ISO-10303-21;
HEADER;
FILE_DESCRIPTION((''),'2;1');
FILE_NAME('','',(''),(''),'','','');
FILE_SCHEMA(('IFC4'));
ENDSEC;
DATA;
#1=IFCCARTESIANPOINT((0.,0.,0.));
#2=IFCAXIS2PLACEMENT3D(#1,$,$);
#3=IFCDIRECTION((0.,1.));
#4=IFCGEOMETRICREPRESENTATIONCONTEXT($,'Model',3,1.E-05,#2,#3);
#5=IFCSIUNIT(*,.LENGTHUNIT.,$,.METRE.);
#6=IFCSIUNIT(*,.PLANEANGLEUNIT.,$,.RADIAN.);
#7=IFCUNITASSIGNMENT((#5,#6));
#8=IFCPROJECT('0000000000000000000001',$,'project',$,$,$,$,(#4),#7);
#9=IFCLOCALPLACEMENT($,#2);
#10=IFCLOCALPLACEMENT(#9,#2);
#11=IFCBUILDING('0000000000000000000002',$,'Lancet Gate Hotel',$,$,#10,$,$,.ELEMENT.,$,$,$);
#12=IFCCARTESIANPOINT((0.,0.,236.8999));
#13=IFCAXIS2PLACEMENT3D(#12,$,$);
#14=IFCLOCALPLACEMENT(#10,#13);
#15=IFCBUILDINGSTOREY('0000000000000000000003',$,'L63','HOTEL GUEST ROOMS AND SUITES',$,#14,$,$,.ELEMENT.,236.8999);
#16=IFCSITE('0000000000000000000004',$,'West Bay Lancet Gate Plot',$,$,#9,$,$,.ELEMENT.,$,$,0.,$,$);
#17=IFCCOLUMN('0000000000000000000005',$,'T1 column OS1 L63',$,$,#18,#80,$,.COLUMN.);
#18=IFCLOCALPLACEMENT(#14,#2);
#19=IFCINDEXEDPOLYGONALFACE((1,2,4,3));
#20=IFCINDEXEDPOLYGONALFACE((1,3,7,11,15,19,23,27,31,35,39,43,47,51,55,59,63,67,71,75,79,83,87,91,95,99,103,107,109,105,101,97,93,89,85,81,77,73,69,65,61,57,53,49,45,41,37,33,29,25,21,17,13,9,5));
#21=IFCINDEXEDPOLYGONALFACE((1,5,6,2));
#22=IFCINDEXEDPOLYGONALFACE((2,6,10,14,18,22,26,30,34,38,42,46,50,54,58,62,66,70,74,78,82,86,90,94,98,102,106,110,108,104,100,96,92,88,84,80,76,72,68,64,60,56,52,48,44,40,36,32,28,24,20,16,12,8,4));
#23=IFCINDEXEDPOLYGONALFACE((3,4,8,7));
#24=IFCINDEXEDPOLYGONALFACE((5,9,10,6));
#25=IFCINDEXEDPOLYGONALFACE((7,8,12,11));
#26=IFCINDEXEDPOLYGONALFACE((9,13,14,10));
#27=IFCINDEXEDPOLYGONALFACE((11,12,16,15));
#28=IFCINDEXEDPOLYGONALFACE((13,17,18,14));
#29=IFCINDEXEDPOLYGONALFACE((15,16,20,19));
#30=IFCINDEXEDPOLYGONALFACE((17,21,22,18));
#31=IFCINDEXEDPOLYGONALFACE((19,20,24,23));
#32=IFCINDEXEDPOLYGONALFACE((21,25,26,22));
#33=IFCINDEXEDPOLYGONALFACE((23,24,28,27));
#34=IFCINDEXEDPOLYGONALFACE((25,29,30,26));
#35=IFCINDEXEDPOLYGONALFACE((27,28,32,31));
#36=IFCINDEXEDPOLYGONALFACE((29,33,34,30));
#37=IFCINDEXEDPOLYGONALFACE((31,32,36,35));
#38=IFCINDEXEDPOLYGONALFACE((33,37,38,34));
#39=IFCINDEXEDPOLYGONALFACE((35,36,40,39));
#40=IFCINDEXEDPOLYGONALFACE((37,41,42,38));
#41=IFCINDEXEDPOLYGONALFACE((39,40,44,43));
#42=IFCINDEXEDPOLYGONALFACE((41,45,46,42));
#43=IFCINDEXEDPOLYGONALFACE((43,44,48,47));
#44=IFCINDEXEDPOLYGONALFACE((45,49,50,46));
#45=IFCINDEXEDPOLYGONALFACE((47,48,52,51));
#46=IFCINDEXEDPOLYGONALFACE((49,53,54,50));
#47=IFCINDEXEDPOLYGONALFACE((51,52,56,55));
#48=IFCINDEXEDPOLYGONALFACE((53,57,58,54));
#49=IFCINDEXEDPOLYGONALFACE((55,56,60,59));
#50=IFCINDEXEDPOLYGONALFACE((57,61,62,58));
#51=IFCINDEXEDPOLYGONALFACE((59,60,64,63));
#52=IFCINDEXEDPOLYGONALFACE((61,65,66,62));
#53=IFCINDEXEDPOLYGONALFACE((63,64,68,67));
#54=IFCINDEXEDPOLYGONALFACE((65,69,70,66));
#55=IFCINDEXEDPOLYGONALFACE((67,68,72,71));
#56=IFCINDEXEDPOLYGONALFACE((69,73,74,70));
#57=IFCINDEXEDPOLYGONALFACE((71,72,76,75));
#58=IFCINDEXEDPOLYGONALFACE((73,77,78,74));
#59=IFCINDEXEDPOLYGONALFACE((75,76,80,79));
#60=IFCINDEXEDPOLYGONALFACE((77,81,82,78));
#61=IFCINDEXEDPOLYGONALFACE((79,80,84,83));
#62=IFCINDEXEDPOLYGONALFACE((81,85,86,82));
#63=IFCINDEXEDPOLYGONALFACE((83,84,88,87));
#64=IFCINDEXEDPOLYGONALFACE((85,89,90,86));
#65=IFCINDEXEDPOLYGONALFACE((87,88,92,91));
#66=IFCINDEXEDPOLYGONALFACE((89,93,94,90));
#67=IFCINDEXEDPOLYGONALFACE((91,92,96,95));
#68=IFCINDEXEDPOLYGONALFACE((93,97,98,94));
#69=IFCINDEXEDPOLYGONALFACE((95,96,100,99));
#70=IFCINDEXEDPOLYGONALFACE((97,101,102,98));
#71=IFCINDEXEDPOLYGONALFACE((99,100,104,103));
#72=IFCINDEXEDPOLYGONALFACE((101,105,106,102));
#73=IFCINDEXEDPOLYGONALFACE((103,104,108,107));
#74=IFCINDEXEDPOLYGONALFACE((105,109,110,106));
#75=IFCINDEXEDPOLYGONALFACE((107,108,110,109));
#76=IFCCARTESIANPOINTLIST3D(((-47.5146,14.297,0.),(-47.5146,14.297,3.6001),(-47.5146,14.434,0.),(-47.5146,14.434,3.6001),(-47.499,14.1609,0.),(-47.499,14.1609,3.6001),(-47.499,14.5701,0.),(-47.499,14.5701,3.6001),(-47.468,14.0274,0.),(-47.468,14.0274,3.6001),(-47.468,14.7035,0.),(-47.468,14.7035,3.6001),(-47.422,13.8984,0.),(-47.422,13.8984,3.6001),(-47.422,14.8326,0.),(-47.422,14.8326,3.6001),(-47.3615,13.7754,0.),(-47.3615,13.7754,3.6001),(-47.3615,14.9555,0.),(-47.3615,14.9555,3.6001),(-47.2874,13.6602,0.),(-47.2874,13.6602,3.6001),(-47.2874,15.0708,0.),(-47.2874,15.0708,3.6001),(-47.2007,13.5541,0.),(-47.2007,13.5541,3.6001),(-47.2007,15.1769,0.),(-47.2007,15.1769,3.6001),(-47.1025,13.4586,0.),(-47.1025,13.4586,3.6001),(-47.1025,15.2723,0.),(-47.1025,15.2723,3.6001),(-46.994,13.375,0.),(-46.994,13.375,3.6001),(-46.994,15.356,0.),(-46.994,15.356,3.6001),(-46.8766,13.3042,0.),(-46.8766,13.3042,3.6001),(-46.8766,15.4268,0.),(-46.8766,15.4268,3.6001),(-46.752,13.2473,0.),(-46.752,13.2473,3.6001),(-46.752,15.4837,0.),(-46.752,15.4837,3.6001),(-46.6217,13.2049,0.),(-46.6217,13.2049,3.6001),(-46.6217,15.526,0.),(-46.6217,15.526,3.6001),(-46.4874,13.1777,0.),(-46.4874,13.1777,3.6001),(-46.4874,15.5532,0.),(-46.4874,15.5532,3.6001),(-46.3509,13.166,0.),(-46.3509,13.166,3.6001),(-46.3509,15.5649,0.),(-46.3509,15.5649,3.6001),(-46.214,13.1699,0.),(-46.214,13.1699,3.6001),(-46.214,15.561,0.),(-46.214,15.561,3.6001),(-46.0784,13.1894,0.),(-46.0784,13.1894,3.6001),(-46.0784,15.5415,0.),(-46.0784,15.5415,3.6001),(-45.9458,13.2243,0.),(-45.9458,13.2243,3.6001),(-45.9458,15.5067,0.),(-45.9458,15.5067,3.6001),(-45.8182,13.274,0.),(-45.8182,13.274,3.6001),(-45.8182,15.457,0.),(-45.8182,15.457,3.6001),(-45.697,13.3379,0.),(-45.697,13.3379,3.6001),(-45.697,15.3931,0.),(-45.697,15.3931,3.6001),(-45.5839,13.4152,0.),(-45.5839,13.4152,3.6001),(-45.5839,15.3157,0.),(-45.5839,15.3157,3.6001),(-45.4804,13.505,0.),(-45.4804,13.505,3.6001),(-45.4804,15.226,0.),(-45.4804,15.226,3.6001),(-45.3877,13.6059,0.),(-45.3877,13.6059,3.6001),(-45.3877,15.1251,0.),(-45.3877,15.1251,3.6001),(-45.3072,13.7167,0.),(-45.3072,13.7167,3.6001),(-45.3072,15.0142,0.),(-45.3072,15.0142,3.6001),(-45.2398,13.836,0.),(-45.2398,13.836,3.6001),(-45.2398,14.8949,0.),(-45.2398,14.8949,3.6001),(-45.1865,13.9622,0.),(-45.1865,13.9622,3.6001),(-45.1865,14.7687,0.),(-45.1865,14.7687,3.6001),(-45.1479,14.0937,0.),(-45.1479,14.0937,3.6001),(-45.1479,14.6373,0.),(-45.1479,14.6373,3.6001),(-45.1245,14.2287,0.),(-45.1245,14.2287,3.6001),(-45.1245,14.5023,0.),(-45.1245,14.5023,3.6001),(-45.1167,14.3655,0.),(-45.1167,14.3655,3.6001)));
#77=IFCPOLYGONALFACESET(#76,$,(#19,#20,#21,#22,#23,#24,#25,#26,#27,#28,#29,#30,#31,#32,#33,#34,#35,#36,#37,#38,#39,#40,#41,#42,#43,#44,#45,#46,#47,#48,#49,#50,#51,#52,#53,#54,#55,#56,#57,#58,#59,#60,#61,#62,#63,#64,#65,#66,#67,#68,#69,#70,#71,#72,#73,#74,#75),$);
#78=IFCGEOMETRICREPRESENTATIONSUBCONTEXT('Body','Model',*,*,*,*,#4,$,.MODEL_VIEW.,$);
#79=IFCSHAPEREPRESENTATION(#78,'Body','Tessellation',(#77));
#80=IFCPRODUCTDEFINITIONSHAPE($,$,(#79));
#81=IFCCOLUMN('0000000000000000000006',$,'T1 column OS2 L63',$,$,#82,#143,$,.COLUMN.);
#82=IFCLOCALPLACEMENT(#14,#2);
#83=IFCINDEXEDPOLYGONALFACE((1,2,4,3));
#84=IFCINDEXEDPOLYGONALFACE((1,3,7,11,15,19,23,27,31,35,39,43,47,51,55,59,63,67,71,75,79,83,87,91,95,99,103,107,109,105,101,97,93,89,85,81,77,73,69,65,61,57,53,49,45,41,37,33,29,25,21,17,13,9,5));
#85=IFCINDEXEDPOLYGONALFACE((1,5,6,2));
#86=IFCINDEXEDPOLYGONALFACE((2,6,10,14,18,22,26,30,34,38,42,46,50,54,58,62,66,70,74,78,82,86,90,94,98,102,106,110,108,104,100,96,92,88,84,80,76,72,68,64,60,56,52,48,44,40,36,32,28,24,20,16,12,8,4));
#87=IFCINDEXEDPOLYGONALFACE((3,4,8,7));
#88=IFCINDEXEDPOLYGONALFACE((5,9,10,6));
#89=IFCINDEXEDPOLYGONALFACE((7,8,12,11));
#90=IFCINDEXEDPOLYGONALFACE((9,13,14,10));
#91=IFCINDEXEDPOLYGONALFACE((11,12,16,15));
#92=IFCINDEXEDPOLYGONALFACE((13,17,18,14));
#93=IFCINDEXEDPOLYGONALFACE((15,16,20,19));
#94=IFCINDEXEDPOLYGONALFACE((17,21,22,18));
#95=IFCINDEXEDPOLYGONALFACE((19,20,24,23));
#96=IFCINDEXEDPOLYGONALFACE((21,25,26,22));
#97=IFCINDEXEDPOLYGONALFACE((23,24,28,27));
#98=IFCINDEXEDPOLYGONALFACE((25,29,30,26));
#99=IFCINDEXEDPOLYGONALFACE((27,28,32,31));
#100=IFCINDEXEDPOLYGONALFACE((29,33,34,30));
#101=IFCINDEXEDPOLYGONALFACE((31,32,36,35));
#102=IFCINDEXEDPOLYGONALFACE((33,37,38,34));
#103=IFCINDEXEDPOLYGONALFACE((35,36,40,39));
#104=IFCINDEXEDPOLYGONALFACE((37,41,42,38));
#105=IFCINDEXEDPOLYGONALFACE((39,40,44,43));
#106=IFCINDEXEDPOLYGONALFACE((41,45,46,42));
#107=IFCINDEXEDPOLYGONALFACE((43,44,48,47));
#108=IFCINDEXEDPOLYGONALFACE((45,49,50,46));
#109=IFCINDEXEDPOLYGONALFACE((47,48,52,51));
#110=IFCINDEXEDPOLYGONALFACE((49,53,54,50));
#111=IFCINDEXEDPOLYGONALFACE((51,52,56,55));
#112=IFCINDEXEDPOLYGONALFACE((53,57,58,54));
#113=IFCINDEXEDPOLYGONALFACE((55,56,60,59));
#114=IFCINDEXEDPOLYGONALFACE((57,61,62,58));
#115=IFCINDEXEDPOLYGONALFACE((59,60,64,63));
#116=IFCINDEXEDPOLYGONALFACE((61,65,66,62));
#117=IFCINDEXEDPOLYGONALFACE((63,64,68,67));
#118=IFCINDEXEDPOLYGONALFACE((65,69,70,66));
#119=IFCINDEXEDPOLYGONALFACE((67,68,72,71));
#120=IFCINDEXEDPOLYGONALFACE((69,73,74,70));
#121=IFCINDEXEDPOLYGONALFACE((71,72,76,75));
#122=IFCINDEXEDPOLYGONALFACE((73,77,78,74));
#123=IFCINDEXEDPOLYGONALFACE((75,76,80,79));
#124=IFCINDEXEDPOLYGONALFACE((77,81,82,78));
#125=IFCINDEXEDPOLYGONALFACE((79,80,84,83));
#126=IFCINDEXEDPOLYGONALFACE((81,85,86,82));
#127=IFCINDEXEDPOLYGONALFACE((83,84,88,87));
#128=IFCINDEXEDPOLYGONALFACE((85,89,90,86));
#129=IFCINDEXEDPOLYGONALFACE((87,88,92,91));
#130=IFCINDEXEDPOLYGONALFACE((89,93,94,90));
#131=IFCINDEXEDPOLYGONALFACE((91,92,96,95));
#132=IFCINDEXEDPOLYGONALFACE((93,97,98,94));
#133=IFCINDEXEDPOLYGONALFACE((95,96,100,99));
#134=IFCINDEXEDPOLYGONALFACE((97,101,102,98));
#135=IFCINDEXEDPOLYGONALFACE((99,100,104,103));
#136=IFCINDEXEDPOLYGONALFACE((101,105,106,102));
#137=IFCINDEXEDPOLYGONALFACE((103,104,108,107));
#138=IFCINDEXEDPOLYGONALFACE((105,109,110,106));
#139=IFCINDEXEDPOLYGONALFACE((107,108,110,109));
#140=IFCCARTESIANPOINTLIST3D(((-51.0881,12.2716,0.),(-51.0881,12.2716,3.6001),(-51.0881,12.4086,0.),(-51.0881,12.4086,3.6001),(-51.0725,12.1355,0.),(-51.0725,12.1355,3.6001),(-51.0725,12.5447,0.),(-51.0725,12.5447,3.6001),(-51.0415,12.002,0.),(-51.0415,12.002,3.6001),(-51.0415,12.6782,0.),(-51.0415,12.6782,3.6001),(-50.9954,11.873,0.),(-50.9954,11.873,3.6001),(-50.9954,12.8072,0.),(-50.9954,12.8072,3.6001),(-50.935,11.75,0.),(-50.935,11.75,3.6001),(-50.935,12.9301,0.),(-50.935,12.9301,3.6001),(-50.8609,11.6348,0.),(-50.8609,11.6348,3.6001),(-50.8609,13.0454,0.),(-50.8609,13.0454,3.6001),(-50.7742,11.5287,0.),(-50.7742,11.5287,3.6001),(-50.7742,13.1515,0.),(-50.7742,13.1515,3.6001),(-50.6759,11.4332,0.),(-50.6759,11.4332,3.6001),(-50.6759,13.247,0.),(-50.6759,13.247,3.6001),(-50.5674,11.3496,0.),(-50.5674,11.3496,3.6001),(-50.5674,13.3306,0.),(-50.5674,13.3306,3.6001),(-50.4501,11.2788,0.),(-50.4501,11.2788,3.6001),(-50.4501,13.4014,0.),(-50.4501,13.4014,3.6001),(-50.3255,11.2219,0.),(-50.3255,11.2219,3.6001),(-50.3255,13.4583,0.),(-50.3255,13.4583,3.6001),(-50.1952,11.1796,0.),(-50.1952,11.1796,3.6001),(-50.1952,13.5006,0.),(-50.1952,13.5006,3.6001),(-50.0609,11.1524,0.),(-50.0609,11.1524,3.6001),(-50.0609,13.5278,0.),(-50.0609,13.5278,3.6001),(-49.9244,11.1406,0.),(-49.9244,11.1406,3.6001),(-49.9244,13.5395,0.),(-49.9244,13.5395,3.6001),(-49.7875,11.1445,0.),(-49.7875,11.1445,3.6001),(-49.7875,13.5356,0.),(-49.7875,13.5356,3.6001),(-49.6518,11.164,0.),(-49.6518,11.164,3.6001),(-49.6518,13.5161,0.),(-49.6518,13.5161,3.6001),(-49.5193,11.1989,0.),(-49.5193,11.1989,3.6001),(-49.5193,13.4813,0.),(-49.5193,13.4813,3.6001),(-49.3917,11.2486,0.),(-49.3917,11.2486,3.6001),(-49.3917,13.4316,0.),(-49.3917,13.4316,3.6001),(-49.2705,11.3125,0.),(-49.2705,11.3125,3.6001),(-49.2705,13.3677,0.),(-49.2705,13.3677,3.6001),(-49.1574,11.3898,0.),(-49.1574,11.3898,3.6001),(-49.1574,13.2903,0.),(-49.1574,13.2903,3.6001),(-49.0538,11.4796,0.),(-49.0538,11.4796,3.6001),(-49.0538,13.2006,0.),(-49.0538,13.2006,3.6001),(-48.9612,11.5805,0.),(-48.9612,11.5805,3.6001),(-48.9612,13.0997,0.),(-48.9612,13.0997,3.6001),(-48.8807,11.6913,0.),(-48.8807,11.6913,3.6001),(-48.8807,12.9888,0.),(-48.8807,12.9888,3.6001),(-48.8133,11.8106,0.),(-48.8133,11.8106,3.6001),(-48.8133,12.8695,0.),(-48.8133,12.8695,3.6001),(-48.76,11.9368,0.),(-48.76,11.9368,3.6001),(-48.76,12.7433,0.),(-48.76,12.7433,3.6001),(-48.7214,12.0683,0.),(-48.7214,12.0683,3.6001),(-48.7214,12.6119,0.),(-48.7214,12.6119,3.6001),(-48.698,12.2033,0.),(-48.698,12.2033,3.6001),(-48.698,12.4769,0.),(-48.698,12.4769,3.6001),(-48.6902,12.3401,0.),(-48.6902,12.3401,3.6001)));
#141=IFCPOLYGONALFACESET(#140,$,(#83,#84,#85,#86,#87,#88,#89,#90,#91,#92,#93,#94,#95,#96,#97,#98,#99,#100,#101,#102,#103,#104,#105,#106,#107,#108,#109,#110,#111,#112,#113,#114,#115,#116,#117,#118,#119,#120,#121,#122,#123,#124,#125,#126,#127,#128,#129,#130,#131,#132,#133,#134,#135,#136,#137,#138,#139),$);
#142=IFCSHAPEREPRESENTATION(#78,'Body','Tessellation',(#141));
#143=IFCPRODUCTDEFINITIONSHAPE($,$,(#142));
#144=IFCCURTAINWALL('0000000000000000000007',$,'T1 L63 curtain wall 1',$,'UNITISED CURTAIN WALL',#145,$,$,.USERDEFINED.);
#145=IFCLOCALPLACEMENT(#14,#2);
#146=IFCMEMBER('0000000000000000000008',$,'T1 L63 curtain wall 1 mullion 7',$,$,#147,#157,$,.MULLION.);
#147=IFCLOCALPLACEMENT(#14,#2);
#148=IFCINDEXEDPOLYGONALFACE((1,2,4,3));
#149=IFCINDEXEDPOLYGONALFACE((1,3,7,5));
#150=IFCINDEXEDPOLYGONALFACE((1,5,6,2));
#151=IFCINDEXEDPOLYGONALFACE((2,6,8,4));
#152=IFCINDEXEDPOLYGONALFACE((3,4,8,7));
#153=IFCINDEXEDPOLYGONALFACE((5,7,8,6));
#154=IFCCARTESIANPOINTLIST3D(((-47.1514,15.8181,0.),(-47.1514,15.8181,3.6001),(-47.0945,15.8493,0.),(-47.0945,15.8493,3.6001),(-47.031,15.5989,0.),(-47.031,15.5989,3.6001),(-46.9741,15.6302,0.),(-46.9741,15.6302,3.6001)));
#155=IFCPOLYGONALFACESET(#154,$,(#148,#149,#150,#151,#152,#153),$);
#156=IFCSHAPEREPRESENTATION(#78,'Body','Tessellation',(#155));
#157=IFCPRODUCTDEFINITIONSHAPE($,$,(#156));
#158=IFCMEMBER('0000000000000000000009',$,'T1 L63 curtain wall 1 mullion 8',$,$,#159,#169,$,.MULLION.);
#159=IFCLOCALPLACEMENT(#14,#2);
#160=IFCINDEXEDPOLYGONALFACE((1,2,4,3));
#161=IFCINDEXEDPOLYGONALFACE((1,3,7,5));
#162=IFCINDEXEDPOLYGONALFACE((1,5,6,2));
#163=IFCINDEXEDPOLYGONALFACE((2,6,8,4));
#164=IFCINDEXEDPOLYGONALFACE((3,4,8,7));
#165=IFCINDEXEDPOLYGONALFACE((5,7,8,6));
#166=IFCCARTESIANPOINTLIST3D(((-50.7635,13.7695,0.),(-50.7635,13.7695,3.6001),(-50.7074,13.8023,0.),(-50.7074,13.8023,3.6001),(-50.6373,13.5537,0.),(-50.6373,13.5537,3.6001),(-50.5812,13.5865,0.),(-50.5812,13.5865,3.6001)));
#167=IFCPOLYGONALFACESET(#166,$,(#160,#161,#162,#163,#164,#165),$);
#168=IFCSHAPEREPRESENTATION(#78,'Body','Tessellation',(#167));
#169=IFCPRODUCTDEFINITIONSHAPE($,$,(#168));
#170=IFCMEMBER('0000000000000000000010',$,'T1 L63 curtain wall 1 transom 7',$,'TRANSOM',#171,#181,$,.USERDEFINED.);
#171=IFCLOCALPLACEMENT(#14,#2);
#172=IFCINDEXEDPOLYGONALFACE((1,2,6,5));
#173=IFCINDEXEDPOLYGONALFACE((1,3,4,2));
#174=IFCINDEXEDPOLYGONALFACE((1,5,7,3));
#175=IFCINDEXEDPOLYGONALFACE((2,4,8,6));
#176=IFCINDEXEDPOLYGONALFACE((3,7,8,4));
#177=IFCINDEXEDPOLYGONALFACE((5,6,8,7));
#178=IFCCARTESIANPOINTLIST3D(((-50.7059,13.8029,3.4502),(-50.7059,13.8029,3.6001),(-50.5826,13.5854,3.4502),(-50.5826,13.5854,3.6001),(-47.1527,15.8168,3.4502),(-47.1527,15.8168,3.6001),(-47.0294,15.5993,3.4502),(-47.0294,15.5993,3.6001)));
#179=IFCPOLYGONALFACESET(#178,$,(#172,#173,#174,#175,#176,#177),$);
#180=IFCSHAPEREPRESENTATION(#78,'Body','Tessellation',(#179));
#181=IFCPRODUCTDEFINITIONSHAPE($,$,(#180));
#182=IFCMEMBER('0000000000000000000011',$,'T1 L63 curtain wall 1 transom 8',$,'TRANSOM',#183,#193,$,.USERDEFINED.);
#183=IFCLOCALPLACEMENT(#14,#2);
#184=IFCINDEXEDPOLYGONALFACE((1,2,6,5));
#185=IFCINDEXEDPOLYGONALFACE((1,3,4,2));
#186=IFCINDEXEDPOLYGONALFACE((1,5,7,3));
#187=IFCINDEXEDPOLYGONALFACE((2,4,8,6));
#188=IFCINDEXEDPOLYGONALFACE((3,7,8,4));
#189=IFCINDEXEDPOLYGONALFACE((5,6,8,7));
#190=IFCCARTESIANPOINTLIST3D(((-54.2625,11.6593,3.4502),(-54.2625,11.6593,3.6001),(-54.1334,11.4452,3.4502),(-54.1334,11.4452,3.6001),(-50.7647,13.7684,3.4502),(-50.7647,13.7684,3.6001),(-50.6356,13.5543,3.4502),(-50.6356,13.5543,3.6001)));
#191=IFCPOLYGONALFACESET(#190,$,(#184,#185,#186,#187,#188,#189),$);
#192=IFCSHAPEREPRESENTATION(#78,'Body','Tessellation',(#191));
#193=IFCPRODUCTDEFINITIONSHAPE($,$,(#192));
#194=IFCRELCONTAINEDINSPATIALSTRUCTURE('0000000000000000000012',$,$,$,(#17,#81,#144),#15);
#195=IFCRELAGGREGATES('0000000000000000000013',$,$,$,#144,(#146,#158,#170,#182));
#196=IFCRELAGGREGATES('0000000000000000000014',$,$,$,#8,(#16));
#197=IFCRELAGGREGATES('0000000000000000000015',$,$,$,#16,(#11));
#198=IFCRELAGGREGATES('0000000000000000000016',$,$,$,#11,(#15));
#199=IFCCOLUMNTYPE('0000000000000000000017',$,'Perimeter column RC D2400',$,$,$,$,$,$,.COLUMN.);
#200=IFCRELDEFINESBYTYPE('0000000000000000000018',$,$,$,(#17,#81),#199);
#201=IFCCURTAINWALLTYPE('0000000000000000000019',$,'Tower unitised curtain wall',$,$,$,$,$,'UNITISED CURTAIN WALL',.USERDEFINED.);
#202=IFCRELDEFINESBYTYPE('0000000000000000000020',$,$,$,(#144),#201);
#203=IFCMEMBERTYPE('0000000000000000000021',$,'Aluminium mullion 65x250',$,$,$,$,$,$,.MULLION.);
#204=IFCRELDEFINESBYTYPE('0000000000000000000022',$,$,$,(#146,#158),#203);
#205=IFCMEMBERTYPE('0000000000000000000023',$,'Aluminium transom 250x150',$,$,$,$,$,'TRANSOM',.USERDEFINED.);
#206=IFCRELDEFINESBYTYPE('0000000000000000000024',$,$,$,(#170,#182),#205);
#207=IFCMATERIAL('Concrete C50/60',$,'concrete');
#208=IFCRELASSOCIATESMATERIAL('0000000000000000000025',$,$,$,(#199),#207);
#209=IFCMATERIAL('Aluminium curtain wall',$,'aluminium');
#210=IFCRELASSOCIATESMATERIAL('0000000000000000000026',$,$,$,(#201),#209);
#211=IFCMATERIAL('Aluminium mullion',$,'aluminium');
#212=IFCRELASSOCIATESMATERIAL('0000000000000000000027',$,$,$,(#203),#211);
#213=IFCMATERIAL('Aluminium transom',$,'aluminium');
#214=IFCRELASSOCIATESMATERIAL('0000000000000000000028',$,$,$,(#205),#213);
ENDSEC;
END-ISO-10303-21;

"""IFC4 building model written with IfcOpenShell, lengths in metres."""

from ifc_helpers import new_model, si_unit, direction, frame, origin, origin_2d, place, context, subcontext, project, spatial, rectangle, circle, extrude, material, material_profile, profile_set, type_object, element, aggregate, save


model = new_model("IFC4")

# Units and contexts
model_context = context("Model", 3, precision=1e-05, world=origin(), true_north=direction((0.0, 1.0)))
body_context = subcontext(model_context, "Body", "Model", "MODEL_VIEW")
ifc_project = project(units=[si_unit("LENGTHUNIT", "METRE"), si_unit("PLANEANGLEUNIT", "RADIAN")], contexts=[model_context])

# Site, building, storey
site_placement = place(None, origin())
site = spatial("IfcSite", under=ifc_project, at=site_placement, Name="West Bay Lancet Gate Plot", CompositionType="ELEMENT", RefElevation=0.0)
building_placement = place(site_placement, origin())
building = spatial("IfcBuilding", under=site, at=building_placement, Name="Lancet Gate Hotel", CompositionType="ELEMENT")
storey_placement = place(building_placement, frame((0.0, 0.0, 236.8999)))
storey = spatial("IfcBuildingStorey", under=building, at=storey_placement, Name="L63", Description="HOTEL GUEST ROOMS AND SUITES", CompositionType="ELEMENT", Elevation=236.8999)

# Columns
ifc_material_1 = material(Name="Concrete C50/60", Category="concrete")
ifc_material_profile_1 = material_profile(ifc_material_1, circle(Radius=1.2, at=origin_2d()), Name="RC D2400")
ifc_profile_set_1 = profile_set([ifc_material_profile_1], Name="Concrete C50/60")
column_type = type_object("IfcColumnType", Name="Perimeter column RC D2400", PredefinedType="COLUMN", material=ifc_profile_set_1)
for number, where, z_axis, x_axis, name in (
    (1, (-46.3167, 14.3655, 0.0), (0.0, 0.0, 1.0), (1.0, 0.0, 0.0), "T1 column OS1 L63"),
    (2, (-49.8901, 12.3401, 0.0), (0.0, 0.0, 1.0), (1.0, 0.0, 0.0), "T1 column OS2 L63"),
):
    element("IfcColumn", number, at=place(storey_placement, frame(where, z_axis=z_axis, x_axis=x_axis)), inside=storey, type_object=column_type, Name=name, PredefinedType="COLUMN", context=body_context, shape_type="SweptSolid", body=[
        extrude(circle(Radius=1.2, at=origin_2d()), origin(), (0.0, 0.0, 1.0), 3.6001),
    ])

# Curtain wall, members
ifc_material_2 = material(Name="Aluminium curtain wall", Category="aluminium")
curtain_wall_type = type_object("IfcCurtainWallType", Name="Tower unitised curtain wall", ElementType="UNITISED CURTAIN WALL", PredefinedType="USERDEFINED", material=ifc_material_2)
curtain_wall_placement = place(storey_placement, origin())
curtain_wall = element("IfcCurtainWall", 3, at=curtain_wall_placement, inside=storey, type_object=curtain_wall_type, Name="T1 L63 curtain wall 1", ObjectType="UNITISED CURTAIN WALL", PredefinedType="USERDEFINED")
ifc_material_3 = material(Name="Aluminium mullion", Category="aluminium")
ifc_material_profile_2 = material_profile(ifc_material_3, rectangle(XDim=0.0649, YDim=0.25, at=origin_2d()), Name="MULLION 65x250")
ifc_profile_set_2 = profile_set([ifc_material_profile_2], Name="Aluminium mullion")
member_type_1 = type_object("IfcMemberType", Name="Aluminium mullion 65x250", PredefinedType="MULLION", material=ifc_profile_set_2)
member_1_placement = place(storey_placement, frame((-47.0627, 15.7241, 0.0), z_axis=(0.0, 0.0, 1.0), x_axis=(-0.876516, -0.481372, 0.0)))
member_1 = element("IfcMember", 4, at=member_1_placement, type_object=member_type_1, Name="T1 L63 curtain wall 1 mullion 7", PredefinedType="MULLION", context=body_context, shape_type="SweptSolid", body=[
    extrude(rectangle(XDim=0.0649, YDim=0.25, at=origin_2d()), origin(), (0.0, 0.0, 1.0), 3.6001),
])
member_2_placement = place(storey_placement, frame((-50.6724, 13.678, 0.0), z_axis=(0.0, 0.0, 1.0), x_axis=(-0.863242, -0.50479, 0.0)))
member_2 = element("IfcMember", 5, at=member_2_placement, type_object=member_type_1, Name="T1 L63 curtain wall 1 mullion 8", PredefinedType="MULLION", context=body_context, shape_type="SweptSolid", body=[
    extrude(rectangle(XDim=0.0649, YDim=0.25, at=origin_2d()), origin(), (0.0, 0.0, 1.0), 3.6001),
])
ifc_material_4 = material(Name="Aluminium transom", Category="aluminium")
ifc_material_profile_3 = material_profile(ifc_material_4, rectangle(XDim=0.25, YDim=0.1499, at=origin_2d()), Name="TRANSOM 250x150")
ifc_profile_set_3 = profile_set([ifc_material_profile_3], Name="Aluminium transom")
member_type_2 = type_object("IfcMemberType", Name="Aluminium transom 250x150", ElementType="TRANSOM", PredefinedType="USERDEFINED", material=ifc_profile_set_3)
member_3_placement = place(storey_placement, frame((-47.0911, 15.708, 3.5251), z_axis=(-0.869978, -0.493091, 0.0), x_axis=(0.493091, -0.869978, 0.0)))
member_3 = element("IfcMember", 6, at=member_3_placement, type_object=member_type_2, Name="T1 L63 curtain wall 1 transom 7", ObjectType="TRANSOM", PredefinedType="USERDEFINED", context=body_context, shape_type="SweptSolid", body=[
    extrude(rectangle(XDim=0.25, YDim=0.1499, at=origin_2d()), origin(), (0.0, 0.0, 1.0), 4.0842),
])
member_4_placement = place(storey_placement, frame((-50.7002, 13.6614, 3.5251), z_axis=(-0.856362, -0.516376, 0.0), x_axis=(0.516376, -0.856362, 0.0)))
member_4 = element("IfcMember", 7, at=member_4_placement, type_object=member_type_2, Name="T1 L63 curtain wall 1 transom 8", ObjectType="TRANSOM", PredefinedType="USERDEFINED", context=body_context, shape_type="SweptSolid", body=[
    extrude(rectangle(XDim=0.25, YDim=0.1499, at=origin_2d()), origin(), (0.0, 0.0, 1.0), 4.0845),
])

aggregate(curtain_wall, [member_1, member_2, member_3, member_4])

save(model, "model.ifc")
